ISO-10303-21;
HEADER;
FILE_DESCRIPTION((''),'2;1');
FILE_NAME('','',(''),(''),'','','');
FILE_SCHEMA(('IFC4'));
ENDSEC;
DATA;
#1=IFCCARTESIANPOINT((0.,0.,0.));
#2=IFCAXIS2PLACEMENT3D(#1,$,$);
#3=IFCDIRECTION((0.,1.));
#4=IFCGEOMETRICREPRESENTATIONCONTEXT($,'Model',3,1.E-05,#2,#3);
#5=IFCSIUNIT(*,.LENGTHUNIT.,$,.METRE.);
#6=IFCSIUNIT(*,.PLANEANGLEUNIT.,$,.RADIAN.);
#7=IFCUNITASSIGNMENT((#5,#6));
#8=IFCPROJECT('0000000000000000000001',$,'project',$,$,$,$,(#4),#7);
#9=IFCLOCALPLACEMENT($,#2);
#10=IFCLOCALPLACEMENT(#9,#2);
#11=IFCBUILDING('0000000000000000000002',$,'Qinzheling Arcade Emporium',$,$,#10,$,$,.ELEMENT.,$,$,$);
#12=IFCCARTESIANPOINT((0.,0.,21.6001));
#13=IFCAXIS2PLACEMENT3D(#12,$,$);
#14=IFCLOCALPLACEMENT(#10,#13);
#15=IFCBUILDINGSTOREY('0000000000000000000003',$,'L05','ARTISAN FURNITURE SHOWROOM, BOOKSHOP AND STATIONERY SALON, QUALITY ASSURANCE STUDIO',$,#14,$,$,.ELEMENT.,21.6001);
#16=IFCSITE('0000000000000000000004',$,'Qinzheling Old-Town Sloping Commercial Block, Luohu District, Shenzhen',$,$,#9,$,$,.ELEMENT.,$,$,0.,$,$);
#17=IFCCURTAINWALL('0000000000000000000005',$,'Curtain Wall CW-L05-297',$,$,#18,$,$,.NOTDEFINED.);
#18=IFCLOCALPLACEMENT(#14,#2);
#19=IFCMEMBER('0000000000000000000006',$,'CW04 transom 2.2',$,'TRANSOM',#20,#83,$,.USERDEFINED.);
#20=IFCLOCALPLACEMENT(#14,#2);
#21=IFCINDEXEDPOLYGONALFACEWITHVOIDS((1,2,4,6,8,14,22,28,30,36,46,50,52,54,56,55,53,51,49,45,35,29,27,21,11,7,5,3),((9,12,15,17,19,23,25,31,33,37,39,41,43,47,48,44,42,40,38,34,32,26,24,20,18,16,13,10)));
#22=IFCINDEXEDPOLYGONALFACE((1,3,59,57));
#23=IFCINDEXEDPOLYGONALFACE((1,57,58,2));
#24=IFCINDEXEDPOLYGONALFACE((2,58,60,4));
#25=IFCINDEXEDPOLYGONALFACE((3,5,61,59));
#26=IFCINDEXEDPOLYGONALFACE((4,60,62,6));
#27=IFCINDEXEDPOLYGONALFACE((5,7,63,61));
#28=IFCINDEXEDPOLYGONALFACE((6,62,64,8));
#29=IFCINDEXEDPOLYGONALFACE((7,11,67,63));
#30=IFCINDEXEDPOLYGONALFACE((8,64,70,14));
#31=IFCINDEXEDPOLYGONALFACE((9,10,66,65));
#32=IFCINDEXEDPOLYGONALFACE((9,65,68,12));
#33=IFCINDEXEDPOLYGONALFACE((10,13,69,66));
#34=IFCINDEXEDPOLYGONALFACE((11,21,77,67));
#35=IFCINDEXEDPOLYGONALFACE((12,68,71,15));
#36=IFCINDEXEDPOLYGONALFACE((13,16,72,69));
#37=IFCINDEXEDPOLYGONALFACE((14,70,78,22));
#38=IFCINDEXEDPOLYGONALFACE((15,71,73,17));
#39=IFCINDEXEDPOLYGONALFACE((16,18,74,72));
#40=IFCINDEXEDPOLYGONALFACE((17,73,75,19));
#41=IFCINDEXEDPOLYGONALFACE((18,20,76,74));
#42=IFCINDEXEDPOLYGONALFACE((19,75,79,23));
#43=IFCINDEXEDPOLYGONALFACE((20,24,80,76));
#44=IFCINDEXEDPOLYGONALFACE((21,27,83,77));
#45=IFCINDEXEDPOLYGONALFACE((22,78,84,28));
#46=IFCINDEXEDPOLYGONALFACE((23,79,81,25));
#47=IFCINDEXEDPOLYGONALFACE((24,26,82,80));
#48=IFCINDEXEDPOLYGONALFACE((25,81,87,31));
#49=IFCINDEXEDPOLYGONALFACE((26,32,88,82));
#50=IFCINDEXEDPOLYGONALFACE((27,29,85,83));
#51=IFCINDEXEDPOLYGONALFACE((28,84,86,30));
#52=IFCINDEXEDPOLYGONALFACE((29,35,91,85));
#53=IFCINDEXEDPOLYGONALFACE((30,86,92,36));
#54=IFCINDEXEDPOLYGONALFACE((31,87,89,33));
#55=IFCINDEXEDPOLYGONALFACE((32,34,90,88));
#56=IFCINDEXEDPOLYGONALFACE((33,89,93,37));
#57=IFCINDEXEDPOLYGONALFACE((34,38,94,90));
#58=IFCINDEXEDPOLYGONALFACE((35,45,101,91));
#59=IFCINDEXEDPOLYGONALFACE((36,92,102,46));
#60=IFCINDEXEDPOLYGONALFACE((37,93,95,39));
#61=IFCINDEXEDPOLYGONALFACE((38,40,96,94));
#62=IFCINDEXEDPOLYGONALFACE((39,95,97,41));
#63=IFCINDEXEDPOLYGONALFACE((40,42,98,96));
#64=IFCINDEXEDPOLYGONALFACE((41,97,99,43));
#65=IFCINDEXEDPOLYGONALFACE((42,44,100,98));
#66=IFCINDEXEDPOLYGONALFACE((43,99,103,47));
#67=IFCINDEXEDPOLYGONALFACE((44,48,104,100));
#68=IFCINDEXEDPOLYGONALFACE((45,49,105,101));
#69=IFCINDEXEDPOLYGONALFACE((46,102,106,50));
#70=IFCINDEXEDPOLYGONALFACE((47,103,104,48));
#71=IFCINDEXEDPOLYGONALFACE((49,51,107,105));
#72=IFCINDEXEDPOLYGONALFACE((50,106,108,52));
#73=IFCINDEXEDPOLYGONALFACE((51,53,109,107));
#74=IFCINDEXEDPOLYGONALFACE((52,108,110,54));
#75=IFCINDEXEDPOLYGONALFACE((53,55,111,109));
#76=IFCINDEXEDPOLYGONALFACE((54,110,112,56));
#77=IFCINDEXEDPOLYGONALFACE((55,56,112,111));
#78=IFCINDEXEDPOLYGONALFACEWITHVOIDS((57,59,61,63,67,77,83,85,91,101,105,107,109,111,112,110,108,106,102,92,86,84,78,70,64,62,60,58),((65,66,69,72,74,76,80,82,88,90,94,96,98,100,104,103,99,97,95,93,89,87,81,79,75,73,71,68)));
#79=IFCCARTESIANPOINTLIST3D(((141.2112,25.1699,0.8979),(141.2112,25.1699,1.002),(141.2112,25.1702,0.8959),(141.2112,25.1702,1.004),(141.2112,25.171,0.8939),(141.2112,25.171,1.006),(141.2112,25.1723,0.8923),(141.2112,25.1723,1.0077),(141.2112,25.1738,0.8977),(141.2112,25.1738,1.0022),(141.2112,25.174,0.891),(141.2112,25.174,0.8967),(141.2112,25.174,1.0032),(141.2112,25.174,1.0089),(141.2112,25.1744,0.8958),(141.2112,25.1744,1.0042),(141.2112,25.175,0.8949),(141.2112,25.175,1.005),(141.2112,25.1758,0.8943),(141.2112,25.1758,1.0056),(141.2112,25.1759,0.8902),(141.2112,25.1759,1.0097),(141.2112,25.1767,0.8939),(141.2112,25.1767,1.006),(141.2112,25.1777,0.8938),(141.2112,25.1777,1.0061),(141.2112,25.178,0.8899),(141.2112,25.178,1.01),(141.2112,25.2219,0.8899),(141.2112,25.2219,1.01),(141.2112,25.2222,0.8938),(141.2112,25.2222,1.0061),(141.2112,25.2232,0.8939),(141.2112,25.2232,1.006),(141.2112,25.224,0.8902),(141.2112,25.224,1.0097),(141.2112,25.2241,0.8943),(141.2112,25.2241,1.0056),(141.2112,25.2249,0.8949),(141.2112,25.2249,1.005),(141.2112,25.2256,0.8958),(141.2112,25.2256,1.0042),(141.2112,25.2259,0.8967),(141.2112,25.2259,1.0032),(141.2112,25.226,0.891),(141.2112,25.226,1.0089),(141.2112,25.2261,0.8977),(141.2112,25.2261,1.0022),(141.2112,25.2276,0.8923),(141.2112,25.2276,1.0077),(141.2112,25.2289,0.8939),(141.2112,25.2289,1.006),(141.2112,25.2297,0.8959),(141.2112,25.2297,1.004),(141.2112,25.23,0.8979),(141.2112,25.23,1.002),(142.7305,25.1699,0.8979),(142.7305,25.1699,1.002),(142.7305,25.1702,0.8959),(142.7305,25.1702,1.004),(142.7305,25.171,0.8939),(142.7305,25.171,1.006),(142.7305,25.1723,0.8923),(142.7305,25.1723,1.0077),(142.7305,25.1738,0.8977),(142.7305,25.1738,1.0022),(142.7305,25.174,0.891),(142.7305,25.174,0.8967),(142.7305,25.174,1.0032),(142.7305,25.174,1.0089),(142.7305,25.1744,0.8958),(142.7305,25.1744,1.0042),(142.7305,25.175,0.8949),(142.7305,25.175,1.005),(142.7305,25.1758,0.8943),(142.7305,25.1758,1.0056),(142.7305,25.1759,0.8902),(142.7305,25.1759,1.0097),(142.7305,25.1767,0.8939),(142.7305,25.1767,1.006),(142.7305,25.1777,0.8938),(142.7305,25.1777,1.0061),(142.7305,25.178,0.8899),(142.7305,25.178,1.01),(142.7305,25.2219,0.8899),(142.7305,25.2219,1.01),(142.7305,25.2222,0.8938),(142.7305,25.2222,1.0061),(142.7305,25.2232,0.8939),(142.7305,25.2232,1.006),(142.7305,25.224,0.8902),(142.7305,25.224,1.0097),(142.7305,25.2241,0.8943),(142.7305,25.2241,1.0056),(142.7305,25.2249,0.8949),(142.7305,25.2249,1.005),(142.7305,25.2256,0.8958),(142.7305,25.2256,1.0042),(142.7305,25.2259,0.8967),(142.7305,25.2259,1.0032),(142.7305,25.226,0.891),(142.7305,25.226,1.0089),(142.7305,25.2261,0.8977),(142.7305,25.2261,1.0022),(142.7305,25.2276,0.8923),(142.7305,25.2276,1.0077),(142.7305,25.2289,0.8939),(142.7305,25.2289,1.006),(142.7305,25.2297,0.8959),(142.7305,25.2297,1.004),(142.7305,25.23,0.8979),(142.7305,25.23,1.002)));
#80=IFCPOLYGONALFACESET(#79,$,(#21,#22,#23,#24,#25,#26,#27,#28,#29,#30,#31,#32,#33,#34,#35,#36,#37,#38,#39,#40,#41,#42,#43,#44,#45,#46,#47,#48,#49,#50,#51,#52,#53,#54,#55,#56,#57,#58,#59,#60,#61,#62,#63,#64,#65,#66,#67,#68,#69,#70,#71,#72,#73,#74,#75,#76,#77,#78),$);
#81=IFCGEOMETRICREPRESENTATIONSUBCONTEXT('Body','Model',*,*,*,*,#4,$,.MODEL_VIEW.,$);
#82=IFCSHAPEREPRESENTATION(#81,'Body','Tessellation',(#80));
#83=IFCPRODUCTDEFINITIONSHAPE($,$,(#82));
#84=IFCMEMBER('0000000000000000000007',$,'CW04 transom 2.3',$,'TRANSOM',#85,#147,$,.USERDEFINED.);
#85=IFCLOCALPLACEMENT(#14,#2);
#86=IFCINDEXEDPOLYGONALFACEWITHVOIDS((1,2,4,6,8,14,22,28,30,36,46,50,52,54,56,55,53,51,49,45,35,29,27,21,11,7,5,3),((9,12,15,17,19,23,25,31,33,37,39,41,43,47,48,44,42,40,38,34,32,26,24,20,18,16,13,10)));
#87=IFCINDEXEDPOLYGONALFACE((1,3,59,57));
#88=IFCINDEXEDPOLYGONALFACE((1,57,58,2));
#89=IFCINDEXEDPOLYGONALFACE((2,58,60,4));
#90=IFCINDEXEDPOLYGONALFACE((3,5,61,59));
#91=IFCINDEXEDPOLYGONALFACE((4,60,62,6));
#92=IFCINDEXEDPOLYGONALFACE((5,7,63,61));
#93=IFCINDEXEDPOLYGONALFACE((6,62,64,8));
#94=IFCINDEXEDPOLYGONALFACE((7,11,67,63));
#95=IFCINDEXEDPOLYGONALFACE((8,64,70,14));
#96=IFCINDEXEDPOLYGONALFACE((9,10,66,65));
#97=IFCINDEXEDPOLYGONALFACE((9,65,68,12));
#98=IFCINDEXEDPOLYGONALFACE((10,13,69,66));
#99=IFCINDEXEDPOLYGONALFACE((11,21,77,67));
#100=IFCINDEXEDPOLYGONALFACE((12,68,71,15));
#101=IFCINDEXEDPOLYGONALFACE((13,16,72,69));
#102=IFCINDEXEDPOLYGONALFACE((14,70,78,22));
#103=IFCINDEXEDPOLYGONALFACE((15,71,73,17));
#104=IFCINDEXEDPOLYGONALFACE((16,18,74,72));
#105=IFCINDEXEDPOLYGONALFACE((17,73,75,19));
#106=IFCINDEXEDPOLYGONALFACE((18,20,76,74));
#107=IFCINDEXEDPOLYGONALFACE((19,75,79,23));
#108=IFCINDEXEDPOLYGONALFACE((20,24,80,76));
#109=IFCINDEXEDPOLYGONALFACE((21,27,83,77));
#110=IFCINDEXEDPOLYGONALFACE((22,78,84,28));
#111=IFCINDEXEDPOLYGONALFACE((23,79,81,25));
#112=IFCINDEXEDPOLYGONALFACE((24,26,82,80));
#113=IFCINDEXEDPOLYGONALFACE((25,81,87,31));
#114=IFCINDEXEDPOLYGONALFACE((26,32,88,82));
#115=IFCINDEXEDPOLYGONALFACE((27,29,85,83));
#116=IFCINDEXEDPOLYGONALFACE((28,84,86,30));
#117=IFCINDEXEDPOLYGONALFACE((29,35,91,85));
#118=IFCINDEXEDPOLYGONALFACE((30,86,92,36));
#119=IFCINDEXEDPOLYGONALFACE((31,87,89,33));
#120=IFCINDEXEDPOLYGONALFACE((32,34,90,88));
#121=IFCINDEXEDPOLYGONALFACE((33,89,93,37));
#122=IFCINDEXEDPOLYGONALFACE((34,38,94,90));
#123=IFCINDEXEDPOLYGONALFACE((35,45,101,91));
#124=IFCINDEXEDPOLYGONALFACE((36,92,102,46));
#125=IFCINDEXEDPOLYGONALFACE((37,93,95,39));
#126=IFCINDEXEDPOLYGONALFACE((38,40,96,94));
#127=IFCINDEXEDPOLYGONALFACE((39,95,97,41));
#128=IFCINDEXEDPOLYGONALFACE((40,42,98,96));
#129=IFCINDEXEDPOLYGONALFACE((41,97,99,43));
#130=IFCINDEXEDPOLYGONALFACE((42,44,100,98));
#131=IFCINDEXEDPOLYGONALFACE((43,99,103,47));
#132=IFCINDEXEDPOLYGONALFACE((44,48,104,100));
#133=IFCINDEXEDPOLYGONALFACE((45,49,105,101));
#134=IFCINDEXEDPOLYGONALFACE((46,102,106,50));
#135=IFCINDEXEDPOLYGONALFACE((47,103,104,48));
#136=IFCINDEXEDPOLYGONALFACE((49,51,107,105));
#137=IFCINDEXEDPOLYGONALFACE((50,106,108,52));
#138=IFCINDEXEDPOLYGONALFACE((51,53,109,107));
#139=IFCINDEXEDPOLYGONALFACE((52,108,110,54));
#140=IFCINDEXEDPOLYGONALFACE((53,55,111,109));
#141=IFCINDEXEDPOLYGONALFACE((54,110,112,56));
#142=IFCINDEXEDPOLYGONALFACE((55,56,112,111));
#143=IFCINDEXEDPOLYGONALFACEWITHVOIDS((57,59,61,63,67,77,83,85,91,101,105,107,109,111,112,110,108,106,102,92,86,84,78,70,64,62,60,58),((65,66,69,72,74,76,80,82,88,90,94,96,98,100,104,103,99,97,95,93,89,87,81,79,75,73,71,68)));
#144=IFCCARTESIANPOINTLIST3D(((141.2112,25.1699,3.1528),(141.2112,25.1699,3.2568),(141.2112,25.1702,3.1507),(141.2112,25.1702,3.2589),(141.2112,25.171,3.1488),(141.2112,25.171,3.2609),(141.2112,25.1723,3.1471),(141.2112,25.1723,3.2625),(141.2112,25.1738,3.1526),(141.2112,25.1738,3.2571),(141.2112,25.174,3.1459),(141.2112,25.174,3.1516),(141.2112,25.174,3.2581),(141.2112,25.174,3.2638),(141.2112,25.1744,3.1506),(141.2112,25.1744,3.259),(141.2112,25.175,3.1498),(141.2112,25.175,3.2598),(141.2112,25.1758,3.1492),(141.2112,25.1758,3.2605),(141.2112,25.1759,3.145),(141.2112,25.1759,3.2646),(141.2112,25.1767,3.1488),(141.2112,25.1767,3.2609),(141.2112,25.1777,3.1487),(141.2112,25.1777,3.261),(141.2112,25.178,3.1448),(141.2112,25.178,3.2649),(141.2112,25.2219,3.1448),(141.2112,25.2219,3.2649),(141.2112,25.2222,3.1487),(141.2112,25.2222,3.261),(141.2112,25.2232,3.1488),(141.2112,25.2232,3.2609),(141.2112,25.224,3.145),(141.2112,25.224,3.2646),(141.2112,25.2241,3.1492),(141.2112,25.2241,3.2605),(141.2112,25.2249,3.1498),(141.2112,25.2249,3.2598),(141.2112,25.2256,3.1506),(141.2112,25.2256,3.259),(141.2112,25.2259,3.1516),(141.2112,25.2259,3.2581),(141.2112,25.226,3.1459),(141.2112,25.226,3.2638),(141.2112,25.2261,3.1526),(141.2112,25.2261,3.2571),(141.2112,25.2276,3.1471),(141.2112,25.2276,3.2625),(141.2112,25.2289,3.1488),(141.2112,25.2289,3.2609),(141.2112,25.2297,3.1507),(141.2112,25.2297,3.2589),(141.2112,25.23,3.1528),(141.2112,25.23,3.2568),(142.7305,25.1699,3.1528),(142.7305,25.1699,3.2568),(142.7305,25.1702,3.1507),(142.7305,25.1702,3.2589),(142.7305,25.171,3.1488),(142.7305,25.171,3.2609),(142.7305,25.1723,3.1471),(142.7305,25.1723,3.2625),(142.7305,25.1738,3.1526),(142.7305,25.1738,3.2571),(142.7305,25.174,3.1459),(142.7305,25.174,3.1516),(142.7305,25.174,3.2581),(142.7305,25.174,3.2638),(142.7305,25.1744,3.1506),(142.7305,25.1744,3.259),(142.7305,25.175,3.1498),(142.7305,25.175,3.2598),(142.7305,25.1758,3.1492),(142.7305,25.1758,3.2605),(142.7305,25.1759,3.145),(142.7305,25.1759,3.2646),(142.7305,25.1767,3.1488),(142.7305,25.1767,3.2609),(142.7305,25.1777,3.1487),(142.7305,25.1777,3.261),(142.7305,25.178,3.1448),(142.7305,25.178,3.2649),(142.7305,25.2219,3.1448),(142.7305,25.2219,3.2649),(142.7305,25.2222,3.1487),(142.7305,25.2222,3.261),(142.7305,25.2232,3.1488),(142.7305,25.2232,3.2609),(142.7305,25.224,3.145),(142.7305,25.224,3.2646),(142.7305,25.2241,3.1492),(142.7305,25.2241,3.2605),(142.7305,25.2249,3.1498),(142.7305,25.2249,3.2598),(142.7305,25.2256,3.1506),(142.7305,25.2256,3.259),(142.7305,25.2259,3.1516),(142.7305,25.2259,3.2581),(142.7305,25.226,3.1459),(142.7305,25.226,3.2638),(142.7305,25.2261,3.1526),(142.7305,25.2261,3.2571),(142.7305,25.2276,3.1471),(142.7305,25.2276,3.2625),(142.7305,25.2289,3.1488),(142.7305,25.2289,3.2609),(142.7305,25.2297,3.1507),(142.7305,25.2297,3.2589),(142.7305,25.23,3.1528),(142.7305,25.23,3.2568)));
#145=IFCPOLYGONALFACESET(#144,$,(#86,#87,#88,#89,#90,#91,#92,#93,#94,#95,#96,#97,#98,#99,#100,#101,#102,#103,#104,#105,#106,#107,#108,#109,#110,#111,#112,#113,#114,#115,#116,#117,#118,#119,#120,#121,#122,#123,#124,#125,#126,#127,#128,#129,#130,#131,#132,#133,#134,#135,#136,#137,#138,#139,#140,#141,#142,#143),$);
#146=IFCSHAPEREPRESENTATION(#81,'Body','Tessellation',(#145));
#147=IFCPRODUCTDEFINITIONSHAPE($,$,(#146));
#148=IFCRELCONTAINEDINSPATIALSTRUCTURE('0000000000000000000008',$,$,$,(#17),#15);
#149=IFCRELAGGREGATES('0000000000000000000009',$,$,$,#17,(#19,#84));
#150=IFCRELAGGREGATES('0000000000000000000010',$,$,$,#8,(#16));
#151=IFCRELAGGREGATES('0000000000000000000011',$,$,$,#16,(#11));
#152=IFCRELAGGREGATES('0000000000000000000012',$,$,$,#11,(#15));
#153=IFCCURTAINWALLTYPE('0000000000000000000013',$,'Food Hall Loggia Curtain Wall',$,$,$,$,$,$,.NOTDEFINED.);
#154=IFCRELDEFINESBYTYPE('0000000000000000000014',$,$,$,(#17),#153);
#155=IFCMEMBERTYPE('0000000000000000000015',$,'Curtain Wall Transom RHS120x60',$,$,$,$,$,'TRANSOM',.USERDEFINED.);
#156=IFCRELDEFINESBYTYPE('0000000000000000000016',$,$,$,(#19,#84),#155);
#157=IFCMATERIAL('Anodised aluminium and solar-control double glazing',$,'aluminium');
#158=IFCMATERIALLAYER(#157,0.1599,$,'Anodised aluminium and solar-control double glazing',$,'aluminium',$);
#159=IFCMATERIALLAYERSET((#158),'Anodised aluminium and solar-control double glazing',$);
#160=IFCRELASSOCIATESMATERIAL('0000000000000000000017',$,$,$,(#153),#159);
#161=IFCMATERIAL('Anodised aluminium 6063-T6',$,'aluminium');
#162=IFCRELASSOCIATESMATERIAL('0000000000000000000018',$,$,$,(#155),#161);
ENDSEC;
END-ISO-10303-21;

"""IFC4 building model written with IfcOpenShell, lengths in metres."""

from ifc_helpers import new_model, si_unit, direction, frame, origin, origin_2d, place, context, subcontext, project, spatial, hollow_rectangle, extrude, material, layer, layer_set, material_profile, profile_set, type_object, element, aggregate, save


model = new_model("IFC4")

# Units and contexts
model_context = context("Model", 3, precision=1e-05, world=origin(), true_north=direction((0.0, 1.0)))
body_context = subcontext(model_context, "Body", "Model", "MODEL_VIEW")
ifc_project = project(units=[si_unit("LENGTHUNIT", "METRE"), si_unit("PLANEANGLEUNIT", "RADIAN")], contexts=[model_context])

# Site, building, storey
site_placement = place(None, origin())
site = spatial("IfcSite", under=ifc_project, at=site_placement, Name="Qinzheling Old-Town Sloping Commercial Block, Luohu District, Shenzhen", CompositionType="ELEMENT", RefElevation=0.0)
building_placement = place(site_placement, origin())
building = spatial("IfcBuilding", under=site, at=building_placement, Name="Qinzheling Arcade Emporium", CompositionType="ELEMENT")
storey_placement = place(building_placement, frame((0.0, 0.0, 21.6001)))
storey = spatial("IfcBuildingStorey", under=building, at=storey_placement, Name="L05", Description="ARTISAN FURNITURE SHOWROOM, BOOKSHOP AND STATIONERY SALON, QUALITY ASSURANCE STUDIO", CompositionType="ELEMENT", Elevation=21.6001)

# Curtain wall, members
ifc_material_1 = material(Name="Anodised aluminium and solar-control double glazing", Category="aluminium")
ifc_layer_1 = layer(ifc_material_1, 0.1599, Name="Anodised aluminium and solar-control double glazing", Category="aluminium")
ifc_layer_set_1 = layer_set([ifc_layer_1], Name="Anodised aluminium and solar-control double glazing")
curtain_wall_type = type_object("IfcCurtainWallType", Name="Food Hall Loggia Curtain Wall", PredefinedType="NOTDEFINED", material=ifc_layer_set_1)
curtain_wall_placement = place(storey_placement, origin())
curtain_wall = element("IfcCurtainWall", 1, at=curtain_wall_placement, inside=storey, type_object=curtain_wall_type, Name="Curtain Wall CW-L05-297", PredefinedType="NOTDEFINED")
ifc_material_2 = material(Name="Anodised aluminium 6063-T6", Category="aluminium")
ifc_material_profile_1 = material_profile(ifc_material_2, hollow_rectangle(XDim=0.0601, YDim=0.1201, WallThickness=0.0039, InnerFilletRadius=0.0039, OuterFilletRadius=0.0081, at=origin_2d()), Name="RHS 120x60x4", Category="aluminium")
ifc_profile_set_1 = profile_set([ifc_material_profile_1], Name="Anodised aluminium 6063-T6")
member_type_1 = type_object("IfcMemberType", Name="Curtain Wall Transom RHS120x60", ElementType="TRANSOM", PredefinedType="USERDEFINED", material=ifc_profile_set_1)
member_1_placement = place(storey_placement, frame((141.2112, 25.2, 0.95), z_axis=(1.0, 0.0, 0.0), x_axis=(0.0, 1.0, 0.0)))
member_1 = element("IfcMember", 2, at=member_1_placement, type_object=member_type_1, Name="CW04 transom 2.2", ObjectType="TRANSOM", PredefinedType="USERDEFINED", context=body_context, shape_type="SweptSolid", body=[
    extrude(hollow_rectangle(XDim=0.0601, YDim=0.1201, WallThickness=0.0039, InnerFilletRadius=0.0039, OuterFilletRadius=0.0081, at=origin_2d()), origin(), (0.0, 0.0, 1.0), 1.5193),
])
member_2_placement = place(storey_placement, frame((141.2112, 25.2, 3.2048), z_axis=(1.0, 0.0, 0.0), x_axis=(0.0, 1.0, 0.0)))
member_2 = element("IfcMember", 3, at=member_2_placement, type_object=member_type_1, Name="CW04 transom 2.3", ObjectType="TRANSOM", PredefinedType="USERDEFINED", context=body_context, shape_type="SweptSolid", body=[
    extrude(hollow_rectangle(XDim=0.0601, YDim=0.1201, WallThickness=0.0039, InnerFilletRadius=0.0039, OuterFilletRadius=0.0081, at=origin_2d()), origin(), (0.0, 0.0, 1.0), 1.5193),
])
aggregate(curtain_wall, [member_1, member_2])

save(model, "model.ifc")
